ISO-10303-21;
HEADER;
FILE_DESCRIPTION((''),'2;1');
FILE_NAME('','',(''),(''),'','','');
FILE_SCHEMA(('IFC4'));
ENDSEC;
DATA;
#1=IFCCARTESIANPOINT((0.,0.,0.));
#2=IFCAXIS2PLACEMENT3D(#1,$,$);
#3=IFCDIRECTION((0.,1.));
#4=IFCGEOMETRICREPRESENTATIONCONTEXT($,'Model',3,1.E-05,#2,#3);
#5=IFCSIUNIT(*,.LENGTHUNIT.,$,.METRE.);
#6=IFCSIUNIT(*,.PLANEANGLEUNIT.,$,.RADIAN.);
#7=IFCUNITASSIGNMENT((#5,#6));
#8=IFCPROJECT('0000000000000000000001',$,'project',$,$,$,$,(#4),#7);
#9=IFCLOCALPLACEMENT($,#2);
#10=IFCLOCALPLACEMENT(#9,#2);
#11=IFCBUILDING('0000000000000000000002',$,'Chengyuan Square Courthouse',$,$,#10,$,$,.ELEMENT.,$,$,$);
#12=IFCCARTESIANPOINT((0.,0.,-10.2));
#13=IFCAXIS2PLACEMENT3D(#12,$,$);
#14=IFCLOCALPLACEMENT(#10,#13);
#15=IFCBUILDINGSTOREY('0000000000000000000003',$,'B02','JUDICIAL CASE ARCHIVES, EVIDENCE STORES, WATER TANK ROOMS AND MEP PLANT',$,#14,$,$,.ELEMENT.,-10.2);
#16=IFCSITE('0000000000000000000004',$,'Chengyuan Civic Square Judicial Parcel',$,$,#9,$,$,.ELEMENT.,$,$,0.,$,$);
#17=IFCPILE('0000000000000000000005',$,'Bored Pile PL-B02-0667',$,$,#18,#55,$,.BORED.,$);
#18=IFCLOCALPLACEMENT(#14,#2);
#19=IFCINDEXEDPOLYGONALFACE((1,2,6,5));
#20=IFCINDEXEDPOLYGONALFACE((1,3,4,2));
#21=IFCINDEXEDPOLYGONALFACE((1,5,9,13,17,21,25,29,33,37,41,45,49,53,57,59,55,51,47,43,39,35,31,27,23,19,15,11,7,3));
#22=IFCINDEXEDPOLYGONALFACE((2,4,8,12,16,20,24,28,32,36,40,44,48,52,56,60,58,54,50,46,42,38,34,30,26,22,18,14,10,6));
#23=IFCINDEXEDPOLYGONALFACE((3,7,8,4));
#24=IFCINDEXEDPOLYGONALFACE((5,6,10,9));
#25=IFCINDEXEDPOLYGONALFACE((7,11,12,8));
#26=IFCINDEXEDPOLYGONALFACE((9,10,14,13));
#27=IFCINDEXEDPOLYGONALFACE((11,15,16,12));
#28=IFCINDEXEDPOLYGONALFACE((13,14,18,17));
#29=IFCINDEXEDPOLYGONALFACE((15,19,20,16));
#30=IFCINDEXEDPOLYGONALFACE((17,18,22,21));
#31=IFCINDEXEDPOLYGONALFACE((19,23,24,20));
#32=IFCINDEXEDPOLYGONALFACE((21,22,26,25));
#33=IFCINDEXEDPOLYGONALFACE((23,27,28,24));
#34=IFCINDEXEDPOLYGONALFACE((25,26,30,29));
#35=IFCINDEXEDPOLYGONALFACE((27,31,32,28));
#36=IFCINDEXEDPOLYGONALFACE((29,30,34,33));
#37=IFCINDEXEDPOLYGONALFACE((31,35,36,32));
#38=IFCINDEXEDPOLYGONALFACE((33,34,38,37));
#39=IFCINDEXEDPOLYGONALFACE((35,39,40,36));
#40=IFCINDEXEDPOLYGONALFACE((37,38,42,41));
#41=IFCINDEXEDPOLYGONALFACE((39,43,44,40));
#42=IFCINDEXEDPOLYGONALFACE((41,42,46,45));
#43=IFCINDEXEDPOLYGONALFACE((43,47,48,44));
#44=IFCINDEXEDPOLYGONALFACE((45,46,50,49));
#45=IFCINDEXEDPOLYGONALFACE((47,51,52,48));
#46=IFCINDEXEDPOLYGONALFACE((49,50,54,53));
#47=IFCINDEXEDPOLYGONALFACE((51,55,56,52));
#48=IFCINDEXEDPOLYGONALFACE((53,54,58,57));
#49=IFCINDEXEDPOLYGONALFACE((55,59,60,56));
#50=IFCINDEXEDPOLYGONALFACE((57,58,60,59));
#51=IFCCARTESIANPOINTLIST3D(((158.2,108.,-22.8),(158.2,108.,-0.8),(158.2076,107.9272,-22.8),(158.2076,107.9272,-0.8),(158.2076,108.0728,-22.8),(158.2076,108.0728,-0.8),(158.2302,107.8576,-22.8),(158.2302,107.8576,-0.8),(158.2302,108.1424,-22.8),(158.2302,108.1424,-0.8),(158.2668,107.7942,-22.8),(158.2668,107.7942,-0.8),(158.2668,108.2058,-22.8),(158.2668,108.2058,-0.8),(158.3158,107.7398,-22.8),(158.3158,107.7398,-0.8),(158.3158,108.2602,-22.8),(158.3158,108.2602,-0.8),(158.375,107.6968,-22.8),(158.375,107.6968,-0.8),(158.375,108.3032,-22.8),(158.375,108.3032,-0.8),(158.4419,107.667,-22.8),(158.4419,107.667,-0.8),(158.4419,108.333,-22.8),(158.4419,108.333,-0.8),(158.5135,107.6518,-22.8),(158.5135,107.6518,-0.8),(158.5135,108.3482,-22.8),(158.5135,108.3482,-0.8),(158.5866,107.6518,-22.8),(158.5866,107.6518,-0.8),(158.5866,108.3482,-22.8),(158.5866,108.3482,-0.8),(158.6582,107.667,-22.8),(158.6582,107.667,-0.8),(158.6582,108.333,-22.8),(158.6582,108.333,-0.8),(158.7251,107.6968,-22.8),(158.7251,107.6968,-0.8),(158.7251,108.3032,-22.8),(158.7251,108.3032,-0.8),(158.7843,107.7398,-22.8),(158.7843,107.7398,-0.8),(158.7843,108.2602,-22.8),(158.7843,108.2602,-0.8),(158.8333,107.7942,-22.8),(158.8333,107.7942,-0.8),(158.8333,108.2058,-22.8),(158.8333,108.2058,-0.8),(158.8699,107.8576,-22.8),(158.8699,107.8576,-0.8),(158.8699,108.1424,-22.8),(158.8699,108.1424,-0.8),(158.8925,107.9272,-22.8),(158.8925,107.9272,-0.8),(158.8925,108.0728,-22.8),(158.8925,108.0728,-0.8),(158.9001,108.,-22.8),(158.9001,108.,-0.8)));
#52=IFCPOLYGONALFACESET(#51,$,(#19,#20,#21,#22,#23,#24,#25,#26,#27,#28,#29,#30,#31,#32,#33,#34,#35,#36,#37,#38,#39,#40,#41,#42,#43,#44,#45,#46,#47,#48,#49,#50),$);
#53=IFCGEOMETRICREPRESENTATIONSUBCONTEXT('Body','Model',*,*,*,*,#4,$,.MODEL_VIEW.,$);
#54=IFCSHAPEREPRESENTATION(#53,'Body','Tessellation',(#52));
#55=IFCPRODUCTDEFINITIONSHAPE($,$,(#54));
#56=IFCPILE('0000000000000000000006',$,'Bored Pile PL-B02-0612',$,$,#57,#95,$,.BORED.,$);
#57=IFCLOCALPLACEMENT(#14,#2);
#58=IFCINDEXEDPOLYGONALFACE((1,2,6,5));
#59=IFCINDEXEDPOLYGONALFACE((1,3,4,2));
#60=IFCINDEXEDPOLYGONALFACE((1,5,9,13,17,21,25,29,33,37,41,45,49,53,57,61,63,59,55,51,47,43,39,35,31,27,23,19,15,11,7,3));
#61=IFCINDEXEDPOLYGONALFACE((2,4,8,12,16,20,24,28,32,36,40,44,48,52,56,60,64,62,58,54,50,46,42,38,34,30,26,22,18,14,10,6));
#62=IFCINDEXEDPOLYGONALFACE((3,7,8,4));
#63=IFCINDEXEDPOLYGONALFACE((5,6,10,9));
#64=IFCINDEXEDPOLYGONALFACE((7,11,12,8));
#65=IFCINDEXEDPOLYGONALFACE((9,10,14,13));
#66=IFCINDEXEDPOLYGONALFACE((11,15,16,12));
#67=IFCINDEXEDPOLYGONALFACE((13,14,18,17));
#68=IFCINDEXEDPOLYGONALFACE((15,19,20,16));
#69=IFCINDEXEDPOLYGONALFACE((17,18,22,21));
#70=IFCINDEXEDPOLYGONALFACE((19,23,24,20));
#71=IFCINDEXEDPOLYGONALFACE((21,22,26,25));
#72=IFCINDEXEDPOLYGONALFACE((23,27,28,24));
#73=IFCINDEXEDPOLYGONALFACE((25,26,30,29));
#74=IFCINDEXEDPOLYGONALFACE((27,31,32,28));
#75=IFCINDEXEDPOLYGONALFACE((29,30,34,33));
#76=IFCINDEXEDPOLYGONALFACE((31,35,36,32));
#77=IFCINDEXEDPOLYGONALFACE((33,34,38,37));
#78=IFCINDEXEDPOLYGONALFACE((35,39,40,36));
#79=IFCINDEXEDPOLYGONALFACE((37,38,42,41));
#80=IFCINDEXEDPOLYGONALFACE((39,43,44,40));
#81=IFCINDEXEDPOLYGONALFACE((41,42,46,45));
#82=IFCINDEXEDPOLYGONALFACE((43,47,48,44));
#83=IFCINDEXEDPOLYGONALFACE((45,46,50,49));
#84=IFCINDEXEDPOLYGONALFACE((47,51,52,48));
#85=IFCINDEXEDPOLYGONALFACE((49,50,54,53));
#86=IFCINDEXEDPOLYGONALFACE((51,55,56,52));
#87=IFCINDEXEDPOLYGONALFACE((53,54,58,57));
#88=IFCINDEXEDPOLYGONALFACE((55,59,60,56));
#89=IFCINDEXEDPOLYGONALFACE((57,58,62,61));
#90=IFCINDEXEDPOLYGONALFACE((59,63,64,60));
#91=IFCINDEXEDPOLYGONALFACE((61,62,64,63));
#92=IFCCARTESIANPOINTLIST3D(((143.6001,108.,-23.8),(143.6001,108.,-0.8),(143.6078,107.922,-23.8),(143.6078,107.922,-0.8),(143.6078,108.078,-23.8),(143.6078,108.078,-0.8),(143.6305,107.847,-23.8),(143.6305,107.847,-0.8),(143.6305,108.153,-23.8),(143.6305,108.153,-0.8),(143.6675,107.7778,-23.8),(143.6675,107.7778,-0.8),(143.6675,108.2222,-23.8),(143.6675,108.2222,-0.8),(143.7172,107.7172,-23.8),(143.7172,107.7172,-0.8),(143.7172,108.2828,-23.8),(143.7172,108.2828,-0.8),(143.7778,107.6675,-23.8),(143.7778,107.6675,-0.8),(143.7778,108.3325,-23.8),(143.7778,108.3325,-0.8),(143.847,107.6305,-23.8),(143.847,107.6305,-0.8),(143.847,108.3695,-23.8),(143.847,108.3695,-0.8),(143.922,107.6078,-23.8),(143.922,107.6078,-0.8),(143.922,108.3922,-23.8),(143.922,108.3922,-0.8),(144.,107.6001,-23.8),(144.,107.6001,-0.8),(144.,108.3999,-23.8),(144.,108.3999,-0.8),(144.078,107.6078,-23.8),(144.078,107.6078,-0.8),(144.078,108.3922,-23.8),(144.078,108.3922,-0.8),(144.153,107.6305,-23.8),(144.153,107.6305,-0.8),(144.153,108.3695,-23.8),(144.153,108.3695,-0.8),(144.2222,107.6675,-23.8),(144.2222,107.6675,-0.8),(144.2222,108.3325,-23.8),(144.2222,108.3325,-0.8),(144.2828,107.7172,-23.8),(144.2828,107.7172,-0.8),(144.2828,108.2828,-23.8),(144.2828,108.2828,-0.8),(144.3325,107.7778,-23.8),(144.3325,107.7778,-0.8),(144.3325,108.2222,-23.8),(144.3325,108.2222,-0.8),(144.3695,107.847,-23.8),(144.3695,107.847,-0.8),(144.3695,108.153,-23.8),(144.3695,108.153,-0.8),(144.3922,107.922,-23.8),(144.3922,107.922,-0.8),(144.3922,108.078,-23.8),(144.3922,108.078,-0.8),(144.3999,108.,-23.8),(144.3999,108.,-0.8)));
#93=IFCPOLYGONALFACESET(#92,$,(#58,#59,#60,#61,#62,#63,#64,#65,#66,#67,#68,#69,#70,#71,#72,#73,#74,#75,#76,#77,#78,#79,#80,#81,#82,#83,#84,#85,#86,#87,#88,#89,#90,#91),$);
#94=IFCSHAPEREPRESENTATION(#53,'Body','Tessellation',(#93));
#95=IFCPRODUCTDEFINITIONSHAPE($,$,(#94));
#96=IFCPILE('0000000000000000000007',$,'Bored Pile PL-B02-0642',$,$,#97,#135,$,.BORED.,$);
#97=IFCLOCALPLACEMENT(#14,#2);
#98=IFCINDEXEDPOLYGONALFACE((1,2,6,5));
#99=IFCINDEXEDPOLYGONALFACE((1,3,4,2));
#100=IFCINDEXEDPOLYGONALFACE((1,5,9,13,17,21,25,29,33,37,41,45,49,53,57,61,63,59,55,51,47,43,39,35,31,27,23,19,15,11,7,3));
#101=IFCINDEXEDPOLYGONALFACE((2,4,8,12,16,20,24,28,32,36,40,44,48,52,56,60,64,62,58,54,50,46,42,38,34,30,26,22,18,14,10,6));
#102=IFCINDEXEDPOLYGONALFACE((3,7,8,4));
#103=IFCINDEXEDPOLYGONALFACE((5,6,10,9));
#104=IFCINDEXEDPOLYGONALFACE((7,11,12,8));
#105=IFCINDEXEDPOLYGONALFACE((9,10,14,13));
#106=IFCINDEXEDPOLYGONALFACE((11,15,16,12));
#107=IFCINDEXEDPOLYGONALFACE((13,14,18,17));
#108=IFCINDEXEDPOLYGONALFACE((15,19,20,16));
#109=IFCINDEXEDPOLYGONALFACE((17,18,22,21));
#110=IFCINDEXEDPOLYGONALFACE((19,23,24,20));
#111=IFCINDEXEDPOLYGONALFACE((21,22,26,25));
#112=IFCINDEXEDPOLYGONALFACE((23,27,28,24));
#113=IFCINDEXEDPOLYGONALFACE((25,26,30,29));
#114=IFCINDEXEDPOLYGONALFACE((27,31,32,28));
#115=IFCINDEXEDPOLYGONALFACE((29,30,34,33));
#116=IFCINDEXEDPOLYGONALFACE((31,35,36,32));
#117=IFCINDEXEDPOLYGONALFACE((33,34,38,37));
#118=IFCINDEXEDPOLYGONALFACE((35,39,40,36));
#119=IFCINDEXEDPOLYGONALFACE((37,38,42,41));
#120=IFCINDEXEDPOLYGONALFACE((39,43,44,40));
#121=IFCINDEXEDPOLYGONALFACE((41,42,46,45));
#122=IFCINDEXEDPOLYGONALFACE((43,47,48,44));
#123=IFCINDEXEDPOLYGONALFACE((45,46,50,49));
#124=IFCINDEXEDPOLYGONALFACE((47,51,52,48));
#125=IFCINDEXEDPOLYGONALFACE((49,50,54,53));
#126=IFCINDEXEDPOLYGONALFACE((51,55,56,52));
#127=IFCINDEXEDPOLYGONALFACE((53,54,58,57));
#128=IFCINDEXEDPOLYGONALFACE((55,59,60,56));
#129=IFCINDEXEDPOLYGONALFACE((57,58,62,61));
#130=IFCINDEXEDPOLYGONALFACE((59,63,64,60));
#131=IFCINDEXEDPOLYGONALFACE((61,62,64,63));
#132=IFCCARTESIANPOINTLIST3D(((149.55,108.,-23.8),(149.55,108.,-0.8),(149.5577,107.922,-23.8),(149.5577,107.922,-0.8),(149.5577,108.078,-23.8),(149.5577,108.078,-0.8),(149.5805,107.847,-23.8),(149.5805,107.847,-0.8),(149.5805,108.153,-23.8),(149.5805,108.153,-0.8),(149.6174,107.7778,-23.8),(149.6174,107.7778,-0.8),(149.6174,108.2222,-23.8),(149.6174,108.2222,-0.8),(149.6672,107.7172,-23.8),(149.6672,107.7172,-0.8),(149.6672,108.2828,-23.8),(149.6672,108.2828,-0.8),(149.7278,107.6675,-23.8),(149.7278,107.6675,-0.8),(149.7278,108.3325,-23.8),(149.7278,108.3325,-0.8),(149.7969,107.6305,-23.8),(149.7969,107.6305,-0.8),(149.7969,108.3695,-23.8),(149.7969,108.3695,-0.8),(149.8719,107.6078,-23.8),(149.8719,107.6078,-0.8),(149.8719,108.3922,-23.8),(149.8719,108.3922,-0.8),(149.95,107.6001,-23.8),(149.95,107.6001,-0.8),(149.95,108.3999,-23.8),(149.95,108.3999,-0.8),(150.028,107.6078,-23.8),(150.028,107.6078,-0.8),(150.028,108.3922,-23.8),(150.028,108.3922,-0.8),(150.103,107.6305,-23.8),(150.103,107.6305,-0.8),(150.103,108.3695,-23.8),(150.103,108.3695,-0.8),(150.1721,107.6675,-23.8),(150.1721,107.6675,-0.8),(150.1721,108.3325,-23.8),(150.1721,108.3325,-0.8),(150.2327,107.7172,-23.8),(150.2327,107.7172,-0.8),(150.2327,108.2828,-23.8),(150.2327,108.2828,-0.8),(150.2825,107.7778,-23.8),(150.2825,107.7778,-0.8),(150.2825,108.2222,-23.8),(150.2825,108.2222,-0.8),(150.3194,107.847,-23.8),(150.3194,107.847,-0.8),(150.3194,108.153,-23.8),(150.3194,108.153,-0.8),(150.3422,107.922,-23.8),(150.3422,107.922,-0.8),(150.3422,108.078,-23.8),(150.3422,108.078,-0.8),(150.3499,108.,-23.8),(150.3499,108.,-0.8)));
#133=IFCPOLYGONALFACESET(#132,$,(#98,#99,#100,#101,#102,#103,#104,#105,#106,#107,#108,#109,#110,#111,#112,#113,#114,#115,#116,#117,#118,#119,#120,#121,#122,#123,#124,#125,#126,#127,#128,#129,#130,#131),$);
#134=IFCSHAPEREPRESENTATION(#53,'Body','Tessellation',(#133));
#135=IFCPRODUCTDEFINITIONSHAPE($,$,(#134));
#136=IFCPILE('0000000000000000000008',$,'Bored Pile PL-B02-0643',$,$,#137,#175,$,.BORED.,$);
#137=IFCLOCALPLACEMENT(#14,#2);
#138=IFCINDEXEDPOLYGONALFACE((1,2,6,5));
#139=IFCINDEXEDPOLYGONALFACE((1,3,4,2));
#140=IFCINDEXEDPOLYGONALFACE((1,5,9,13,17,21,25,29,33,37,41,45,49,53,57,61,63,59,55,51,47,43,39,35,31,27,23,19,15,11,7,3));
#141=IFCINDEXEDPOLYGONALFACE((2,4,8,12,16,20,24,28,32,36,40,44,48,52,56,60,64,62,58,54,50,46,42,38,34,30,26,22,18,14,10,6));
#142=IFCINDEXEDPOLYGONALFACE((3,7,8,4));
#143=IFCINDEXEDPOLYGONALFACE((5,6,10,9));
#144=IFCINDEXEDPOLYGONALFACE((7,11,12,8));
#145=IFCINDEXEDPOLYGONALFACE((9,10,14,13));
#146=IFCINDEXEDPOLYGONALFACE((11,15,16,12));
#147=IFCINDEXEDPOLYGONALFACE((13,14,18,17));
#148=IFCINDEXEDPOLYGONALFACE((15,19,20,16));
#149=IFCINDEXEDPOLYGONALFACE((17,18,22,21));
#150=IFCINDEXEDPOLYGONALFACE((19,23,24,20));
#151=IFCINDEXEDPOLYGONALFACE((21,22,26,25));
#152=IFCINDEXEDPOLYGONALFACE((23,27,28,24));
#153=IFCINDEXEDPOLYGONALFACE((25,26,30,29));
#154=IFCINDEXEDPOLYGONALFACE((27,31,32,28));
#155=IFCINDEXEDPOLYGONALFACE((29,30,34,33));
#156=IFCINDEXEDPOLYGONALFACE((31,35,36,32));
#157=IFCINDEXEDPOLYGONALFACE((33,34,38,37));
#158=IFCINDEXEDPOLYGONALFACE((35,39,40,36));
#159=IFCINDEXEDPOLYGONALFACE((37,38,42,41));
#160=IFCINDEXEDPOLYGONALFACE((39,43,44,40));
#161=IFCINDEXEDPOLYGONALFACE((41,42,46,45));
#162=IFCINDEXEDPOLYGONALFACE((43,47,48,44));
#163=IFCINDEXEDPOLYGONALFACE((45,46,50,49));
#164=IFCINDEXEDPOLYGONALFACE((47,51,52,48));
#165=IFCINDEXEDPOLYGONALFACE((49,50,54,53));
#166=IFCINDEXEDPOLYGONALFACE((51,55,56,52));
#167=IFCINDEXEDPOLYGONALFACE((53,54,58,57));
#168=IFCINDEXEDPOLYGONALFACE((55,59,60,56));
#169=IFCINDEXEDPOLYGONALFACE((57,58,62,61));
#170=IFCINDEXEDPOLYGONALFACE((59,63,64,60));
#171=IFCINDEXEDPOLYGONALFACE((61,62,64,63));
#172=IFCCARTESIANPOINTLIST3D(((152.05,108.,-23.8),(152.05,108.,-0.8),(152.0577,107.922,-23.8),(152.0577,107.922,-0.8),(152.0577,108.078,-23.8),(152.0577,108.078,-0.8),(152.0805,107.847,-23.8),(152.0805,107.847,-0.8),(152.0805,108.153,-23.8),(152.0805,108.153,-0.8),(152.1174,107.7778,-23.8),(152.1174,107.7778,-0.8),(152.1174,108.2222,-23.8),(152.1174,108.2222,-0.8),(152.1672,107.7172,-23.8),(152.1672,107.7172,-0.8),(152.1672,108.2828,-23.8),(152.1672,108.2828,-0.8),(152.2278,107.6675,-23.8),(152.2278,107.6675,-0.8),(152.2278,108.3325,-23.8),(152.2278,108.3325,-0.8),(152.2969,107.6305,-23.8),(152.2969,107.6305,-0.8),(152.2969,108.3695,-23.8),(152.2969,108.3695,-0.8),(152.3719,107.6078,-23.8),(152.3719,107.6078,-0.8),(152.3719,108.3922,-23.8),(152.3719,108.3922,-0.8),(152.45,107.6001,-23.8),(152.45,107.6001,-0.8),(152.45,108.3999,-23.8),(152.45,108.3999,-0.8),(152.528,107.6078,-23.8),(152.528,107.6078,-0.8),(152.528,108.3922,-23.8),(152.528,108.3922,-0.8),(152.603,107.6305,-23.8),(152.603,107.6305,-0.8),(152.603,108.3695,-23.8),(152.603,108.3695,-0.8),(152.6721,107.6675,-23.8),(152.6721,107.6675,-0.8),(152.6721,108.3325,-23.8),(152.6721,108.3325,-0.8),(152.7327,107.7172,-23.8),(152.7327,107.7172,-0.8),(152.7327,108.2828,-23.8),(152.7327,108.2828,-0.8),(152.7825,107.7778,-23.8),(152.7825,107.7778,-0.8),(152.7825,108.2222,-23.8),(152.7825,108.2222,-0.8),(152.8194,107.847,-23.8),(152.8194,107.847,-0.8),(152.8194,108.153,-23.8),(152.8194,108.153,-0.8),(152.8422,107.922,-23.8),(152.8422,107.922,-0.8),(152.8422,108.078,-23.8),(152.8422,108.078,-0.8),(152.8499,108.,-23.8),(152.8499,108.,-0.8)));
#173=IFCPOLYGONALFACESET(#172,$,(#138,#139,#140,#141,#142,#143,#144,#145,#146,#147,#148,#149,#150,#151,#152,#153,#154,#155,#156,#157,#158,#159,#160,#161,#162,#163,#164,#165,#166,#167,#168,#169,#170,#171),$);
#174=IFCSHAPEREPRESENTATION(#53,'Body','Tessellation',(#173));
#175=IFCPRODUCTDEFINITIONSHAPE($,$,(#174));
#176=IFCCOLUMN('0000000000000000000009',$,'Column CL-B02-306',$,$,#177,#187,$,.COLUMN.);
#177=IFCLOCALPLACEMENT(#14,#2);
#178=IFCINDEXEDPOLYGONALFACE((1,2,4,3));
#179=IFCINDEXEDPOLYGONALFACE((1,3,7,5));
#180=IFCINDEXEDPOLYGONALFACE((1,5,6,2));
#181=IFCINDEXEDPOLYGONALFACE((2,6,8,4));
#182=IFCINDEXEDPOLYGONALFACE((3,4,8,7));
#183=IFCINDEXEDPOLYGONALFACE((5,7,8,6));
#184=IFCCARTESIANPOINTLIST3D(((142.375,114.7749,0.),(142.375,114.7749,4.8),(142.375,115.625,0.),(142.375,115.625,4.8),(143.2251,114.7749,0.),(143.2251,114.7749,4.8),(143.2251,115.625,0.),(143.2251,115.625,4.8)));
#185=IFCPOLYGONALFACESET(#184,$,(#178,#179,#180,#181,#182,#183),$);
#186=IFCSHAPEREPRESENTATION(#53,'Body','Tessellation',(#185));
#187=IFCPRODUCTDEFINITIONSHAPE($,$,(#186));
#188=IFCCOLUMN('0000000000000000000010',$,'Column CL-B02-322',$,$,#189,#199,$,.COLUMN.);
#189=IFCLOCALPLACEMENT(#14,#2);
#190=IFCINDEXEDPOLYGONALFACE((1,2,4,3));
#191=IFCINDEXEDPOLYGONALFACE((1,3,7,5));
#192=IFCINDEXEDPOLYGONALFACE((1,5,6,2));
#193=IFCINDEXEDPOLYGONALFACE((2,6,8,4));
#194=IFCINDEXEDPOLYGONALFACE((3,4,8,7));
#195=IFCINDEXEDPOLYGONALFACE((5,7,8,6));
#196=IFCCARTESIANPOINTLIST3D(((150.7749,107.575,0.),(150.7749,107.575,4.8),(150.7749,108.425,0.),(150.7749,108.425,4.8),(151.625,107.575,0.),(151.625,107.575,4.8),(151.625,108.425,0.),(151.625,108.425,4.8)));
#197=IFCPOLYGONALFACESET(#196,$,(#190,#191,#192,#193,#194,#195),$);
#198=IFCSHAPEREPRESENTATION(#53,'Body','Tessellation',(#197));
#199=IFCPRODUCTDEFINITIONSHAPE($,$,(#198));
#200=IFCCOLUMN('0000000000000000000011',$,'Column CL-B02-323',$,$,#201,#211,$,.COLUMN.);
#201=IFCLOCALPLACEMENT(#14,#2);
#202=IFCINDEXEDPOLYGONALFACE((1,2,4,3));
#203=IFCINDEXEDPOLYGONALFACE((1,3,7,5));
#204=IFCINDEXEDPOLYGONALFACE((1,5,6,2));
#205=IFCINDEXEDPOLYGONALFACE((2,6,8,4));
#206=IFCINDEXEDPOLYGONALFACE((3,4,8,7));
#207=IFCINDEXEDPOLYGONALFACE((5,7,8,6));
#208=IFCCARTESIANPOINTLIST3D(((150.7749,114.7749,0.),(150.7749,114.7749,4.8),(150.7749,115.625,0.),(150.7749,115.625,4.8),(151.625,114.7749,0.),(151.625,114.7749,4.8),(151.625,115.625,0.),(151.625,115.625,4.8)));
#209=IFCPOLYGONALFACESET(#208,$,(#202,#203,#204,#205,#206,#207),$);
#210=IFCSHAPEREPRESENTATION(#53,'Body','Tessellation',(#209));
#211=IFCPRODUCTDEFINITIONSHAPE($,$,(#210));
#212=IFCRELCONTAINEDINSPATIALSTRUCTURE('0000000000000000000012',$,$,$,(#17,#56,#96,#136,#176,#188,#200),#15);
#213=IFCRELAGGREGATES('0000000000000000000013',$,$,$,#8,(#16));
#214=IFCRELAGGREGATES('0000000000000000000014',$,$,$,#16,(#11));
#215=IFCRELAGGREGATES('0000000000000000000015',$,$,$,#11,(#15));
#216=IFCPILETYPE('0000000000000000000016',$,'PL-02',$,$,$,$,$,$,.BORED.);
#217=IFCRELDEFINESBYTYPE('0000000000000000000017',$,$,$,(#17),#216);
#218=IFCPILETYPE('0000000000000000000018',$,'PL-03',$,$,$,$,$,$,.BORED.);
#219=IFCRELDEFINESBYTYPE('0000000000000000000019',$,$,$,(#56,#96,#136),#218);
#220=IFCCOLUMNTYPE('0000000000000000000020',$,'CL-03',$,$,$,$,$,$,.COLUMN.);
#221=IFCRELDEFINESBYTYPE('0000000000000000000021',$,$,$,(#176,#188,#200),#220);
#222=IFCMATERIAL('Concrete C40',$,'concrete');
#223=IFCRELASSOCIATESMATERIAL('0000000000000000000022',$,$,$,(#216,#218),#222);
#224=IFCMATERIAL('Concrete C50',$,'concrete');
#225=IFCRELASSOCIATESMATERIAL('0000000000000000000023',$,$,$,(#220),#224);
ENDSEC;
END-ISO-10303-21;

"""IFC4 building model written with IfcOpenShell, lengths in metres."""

from ifc_helpers import new_model, si_unit, direction, frame, origin, origin_2d, place, context, subcontext, project, spatial, rectangle, circle, extrude, material, material_profile, profile_set, type_object, element, save


model = new_model("IFC4")

# Units and contexts
model_context = context("Model", 3, precision=1e-05, world=origin(), true_north=direction((0.0, 1.0)))
body_context = subcontext(model_context, "Body", "Model", "MODEL_VIEW")
ifc_project = project(units=[si_unit("LENGTHUNIT", "METRE"), si_unit("PLANEANGLEUNIT", "RADIAN")], contexts=[model_context])

# Site, building, storey
site_placement = place(None, origin())
site = spatial("IfcSite", under=ifc_project, at=site_placement, Name="Chengyuan Civic Square Judicial Parcel", CompositionType="ELEMENT", RefElevation=0.0)
building_placement = place(site_placement, origin())
building = spatial("IfcBuilding", under=site, at=building_placement, Name="Chengyuan Square Courthouse", CompositionType="ELEMENT")
storey_placement = place(building_placement, frame((0.0, 0.0, -10.2)))
storey = spatial("IfcBuildingStorey", under=building, at=storey_placement, Name="B02", Description="JUDICIAL CASE ARCHIVES, EVIDENCE STORES, WATER TANK ROOMS AND MEP PLANT", CompositionType="ELEMENT", Elevation=-10.2)

# Shared definitions
ifc_material_1 = material(Name="Concrete C40", Category="concrete")

# Piles
ifc_material_profile_1 = material_profile(ifc_material_1, circle(Radius=0.3501, at=origin_2d()), Name="BORED PILE D700")
ifc_profile_set_1 = profile_set([ifc_material_profile_1], Name="Concrete C40")
pile_type_1 = type_object("IfcPileType", Name="PL-02", PredefinedType="BORED", material=ifc_profile_set_1)
for number, where, z_axis, x_axis, name in (
    (1, (158.55, 108.0, -0.8), (0.0, 0.0, -1.0), (1.0, 0.0, 0.0), "Bored Pile PL-B02-0667"),
):
    element("IfcPile", number, at=place(storey_placement, frame(where, z_axis=z_axis, x_axis=x_axis)), inside=storey, type_object=pile_type_1, Name=name, PredefinedType="BORED", context=body_context, shape_type="SweptSolid", body=[
        extrude(circle(Radius=0.3501, at=origin_2d()), origin(), (0.0, 0.0, 1.0), 22.0),
    ])
ifc_material_profile_2 = material_profile(ifc_material_1, circle(Radius=0.3999, at=origin_2d()), Name="BORED PILE D800")
ifc_profile_set_2 = profile_set([ifc_material_profile_2], Name="Concrete C40")
pile_type_2 = type_object("IfcPileType", Name="PL-03", PredefinedType="BORED", material=ifc_profile_set_2)
for number, where, z_axis, x_axis, name in (
    (2, (144.0, 108.0, -0.8), (0.0, 0.0, -1.0), (1.0, 0.0, 0.0), "Bored Pile PL-B02-0612"),
    (3, (149.95, 108.0, -0.8), (0.0, 0.0, -1.0), (1.0, 0.0, 0.0), "Bored Pile PL-B02-0642"),
    (4, (152.45, 108.0, -0.8), (0.0, 0.0, -1.0), (1.0, 0.0, 0.0), "Bored Pile PL-B02-0643"),
):
    element("IfcPile", number, at=place(storey_placement, frame(where, z_axis=z_axis, x_axis=x_axis)), inside=storey, type_object=pile_type_2, Name=name, PredefinedType="BORED", context=body_context, shape_type="SweptSolid", body=[
        extrude(circle(Radius=0.3999, at=origin_2d()), origin(), (0.0, 0.0, 1.0), 23.0),
    ])

# Columns
ifc_material_2 = material(Name="Concrete C50", Category="concrete")
ifc_material_profile_3 = material_profile(ifc_material_2, rectangle(XDim=0.8501, YDim=0.8501, at=origin_2d()), Name="RC-COL-850x850")
ifc_profile_set_3 = profile_set([ifc_material_profile_3], Name="Concrete C50")
column_type = type_object("IfcColumnType", Name="CL-03", PredefinedType="COLUMN", material=ifc_profile_set_3)
for number, where, z_axis, x_axis, name in (
    (5, (142.8, 115.2, 0.0), (0.0, 0.0, 1.0), (1.0, 0.0, 0.0), "Column CL-B02-306"),
    (6, (151.2, 108.0, 0.0), (0.0, 0.0, 1.0), (1.0, 0.0, 0.0), "Column CL-B02-322"),
    (7, (151.2, 115.2, 0.0), (0.0, 0.0, 1.0), (1.0, 0.0, 0.0), "Column CL-B02-323"),
):
    element("IfcColumn", number, at=place(storey_placement, frame(where, z_axis=z_axis, x_axis=x_axis)), inside=storey, type_object=column_type, Name=name, PredefinedType="COLUMN", context=body_context, shape_type="SweptSolid", body=[
        extrude(rectangle(XDim=0.8501, YDim=0.8501, at=origin_2d()), origin(), (0.0, 0.0, 1.0), 4.8),
    ])

save(model, "model.ifc")
